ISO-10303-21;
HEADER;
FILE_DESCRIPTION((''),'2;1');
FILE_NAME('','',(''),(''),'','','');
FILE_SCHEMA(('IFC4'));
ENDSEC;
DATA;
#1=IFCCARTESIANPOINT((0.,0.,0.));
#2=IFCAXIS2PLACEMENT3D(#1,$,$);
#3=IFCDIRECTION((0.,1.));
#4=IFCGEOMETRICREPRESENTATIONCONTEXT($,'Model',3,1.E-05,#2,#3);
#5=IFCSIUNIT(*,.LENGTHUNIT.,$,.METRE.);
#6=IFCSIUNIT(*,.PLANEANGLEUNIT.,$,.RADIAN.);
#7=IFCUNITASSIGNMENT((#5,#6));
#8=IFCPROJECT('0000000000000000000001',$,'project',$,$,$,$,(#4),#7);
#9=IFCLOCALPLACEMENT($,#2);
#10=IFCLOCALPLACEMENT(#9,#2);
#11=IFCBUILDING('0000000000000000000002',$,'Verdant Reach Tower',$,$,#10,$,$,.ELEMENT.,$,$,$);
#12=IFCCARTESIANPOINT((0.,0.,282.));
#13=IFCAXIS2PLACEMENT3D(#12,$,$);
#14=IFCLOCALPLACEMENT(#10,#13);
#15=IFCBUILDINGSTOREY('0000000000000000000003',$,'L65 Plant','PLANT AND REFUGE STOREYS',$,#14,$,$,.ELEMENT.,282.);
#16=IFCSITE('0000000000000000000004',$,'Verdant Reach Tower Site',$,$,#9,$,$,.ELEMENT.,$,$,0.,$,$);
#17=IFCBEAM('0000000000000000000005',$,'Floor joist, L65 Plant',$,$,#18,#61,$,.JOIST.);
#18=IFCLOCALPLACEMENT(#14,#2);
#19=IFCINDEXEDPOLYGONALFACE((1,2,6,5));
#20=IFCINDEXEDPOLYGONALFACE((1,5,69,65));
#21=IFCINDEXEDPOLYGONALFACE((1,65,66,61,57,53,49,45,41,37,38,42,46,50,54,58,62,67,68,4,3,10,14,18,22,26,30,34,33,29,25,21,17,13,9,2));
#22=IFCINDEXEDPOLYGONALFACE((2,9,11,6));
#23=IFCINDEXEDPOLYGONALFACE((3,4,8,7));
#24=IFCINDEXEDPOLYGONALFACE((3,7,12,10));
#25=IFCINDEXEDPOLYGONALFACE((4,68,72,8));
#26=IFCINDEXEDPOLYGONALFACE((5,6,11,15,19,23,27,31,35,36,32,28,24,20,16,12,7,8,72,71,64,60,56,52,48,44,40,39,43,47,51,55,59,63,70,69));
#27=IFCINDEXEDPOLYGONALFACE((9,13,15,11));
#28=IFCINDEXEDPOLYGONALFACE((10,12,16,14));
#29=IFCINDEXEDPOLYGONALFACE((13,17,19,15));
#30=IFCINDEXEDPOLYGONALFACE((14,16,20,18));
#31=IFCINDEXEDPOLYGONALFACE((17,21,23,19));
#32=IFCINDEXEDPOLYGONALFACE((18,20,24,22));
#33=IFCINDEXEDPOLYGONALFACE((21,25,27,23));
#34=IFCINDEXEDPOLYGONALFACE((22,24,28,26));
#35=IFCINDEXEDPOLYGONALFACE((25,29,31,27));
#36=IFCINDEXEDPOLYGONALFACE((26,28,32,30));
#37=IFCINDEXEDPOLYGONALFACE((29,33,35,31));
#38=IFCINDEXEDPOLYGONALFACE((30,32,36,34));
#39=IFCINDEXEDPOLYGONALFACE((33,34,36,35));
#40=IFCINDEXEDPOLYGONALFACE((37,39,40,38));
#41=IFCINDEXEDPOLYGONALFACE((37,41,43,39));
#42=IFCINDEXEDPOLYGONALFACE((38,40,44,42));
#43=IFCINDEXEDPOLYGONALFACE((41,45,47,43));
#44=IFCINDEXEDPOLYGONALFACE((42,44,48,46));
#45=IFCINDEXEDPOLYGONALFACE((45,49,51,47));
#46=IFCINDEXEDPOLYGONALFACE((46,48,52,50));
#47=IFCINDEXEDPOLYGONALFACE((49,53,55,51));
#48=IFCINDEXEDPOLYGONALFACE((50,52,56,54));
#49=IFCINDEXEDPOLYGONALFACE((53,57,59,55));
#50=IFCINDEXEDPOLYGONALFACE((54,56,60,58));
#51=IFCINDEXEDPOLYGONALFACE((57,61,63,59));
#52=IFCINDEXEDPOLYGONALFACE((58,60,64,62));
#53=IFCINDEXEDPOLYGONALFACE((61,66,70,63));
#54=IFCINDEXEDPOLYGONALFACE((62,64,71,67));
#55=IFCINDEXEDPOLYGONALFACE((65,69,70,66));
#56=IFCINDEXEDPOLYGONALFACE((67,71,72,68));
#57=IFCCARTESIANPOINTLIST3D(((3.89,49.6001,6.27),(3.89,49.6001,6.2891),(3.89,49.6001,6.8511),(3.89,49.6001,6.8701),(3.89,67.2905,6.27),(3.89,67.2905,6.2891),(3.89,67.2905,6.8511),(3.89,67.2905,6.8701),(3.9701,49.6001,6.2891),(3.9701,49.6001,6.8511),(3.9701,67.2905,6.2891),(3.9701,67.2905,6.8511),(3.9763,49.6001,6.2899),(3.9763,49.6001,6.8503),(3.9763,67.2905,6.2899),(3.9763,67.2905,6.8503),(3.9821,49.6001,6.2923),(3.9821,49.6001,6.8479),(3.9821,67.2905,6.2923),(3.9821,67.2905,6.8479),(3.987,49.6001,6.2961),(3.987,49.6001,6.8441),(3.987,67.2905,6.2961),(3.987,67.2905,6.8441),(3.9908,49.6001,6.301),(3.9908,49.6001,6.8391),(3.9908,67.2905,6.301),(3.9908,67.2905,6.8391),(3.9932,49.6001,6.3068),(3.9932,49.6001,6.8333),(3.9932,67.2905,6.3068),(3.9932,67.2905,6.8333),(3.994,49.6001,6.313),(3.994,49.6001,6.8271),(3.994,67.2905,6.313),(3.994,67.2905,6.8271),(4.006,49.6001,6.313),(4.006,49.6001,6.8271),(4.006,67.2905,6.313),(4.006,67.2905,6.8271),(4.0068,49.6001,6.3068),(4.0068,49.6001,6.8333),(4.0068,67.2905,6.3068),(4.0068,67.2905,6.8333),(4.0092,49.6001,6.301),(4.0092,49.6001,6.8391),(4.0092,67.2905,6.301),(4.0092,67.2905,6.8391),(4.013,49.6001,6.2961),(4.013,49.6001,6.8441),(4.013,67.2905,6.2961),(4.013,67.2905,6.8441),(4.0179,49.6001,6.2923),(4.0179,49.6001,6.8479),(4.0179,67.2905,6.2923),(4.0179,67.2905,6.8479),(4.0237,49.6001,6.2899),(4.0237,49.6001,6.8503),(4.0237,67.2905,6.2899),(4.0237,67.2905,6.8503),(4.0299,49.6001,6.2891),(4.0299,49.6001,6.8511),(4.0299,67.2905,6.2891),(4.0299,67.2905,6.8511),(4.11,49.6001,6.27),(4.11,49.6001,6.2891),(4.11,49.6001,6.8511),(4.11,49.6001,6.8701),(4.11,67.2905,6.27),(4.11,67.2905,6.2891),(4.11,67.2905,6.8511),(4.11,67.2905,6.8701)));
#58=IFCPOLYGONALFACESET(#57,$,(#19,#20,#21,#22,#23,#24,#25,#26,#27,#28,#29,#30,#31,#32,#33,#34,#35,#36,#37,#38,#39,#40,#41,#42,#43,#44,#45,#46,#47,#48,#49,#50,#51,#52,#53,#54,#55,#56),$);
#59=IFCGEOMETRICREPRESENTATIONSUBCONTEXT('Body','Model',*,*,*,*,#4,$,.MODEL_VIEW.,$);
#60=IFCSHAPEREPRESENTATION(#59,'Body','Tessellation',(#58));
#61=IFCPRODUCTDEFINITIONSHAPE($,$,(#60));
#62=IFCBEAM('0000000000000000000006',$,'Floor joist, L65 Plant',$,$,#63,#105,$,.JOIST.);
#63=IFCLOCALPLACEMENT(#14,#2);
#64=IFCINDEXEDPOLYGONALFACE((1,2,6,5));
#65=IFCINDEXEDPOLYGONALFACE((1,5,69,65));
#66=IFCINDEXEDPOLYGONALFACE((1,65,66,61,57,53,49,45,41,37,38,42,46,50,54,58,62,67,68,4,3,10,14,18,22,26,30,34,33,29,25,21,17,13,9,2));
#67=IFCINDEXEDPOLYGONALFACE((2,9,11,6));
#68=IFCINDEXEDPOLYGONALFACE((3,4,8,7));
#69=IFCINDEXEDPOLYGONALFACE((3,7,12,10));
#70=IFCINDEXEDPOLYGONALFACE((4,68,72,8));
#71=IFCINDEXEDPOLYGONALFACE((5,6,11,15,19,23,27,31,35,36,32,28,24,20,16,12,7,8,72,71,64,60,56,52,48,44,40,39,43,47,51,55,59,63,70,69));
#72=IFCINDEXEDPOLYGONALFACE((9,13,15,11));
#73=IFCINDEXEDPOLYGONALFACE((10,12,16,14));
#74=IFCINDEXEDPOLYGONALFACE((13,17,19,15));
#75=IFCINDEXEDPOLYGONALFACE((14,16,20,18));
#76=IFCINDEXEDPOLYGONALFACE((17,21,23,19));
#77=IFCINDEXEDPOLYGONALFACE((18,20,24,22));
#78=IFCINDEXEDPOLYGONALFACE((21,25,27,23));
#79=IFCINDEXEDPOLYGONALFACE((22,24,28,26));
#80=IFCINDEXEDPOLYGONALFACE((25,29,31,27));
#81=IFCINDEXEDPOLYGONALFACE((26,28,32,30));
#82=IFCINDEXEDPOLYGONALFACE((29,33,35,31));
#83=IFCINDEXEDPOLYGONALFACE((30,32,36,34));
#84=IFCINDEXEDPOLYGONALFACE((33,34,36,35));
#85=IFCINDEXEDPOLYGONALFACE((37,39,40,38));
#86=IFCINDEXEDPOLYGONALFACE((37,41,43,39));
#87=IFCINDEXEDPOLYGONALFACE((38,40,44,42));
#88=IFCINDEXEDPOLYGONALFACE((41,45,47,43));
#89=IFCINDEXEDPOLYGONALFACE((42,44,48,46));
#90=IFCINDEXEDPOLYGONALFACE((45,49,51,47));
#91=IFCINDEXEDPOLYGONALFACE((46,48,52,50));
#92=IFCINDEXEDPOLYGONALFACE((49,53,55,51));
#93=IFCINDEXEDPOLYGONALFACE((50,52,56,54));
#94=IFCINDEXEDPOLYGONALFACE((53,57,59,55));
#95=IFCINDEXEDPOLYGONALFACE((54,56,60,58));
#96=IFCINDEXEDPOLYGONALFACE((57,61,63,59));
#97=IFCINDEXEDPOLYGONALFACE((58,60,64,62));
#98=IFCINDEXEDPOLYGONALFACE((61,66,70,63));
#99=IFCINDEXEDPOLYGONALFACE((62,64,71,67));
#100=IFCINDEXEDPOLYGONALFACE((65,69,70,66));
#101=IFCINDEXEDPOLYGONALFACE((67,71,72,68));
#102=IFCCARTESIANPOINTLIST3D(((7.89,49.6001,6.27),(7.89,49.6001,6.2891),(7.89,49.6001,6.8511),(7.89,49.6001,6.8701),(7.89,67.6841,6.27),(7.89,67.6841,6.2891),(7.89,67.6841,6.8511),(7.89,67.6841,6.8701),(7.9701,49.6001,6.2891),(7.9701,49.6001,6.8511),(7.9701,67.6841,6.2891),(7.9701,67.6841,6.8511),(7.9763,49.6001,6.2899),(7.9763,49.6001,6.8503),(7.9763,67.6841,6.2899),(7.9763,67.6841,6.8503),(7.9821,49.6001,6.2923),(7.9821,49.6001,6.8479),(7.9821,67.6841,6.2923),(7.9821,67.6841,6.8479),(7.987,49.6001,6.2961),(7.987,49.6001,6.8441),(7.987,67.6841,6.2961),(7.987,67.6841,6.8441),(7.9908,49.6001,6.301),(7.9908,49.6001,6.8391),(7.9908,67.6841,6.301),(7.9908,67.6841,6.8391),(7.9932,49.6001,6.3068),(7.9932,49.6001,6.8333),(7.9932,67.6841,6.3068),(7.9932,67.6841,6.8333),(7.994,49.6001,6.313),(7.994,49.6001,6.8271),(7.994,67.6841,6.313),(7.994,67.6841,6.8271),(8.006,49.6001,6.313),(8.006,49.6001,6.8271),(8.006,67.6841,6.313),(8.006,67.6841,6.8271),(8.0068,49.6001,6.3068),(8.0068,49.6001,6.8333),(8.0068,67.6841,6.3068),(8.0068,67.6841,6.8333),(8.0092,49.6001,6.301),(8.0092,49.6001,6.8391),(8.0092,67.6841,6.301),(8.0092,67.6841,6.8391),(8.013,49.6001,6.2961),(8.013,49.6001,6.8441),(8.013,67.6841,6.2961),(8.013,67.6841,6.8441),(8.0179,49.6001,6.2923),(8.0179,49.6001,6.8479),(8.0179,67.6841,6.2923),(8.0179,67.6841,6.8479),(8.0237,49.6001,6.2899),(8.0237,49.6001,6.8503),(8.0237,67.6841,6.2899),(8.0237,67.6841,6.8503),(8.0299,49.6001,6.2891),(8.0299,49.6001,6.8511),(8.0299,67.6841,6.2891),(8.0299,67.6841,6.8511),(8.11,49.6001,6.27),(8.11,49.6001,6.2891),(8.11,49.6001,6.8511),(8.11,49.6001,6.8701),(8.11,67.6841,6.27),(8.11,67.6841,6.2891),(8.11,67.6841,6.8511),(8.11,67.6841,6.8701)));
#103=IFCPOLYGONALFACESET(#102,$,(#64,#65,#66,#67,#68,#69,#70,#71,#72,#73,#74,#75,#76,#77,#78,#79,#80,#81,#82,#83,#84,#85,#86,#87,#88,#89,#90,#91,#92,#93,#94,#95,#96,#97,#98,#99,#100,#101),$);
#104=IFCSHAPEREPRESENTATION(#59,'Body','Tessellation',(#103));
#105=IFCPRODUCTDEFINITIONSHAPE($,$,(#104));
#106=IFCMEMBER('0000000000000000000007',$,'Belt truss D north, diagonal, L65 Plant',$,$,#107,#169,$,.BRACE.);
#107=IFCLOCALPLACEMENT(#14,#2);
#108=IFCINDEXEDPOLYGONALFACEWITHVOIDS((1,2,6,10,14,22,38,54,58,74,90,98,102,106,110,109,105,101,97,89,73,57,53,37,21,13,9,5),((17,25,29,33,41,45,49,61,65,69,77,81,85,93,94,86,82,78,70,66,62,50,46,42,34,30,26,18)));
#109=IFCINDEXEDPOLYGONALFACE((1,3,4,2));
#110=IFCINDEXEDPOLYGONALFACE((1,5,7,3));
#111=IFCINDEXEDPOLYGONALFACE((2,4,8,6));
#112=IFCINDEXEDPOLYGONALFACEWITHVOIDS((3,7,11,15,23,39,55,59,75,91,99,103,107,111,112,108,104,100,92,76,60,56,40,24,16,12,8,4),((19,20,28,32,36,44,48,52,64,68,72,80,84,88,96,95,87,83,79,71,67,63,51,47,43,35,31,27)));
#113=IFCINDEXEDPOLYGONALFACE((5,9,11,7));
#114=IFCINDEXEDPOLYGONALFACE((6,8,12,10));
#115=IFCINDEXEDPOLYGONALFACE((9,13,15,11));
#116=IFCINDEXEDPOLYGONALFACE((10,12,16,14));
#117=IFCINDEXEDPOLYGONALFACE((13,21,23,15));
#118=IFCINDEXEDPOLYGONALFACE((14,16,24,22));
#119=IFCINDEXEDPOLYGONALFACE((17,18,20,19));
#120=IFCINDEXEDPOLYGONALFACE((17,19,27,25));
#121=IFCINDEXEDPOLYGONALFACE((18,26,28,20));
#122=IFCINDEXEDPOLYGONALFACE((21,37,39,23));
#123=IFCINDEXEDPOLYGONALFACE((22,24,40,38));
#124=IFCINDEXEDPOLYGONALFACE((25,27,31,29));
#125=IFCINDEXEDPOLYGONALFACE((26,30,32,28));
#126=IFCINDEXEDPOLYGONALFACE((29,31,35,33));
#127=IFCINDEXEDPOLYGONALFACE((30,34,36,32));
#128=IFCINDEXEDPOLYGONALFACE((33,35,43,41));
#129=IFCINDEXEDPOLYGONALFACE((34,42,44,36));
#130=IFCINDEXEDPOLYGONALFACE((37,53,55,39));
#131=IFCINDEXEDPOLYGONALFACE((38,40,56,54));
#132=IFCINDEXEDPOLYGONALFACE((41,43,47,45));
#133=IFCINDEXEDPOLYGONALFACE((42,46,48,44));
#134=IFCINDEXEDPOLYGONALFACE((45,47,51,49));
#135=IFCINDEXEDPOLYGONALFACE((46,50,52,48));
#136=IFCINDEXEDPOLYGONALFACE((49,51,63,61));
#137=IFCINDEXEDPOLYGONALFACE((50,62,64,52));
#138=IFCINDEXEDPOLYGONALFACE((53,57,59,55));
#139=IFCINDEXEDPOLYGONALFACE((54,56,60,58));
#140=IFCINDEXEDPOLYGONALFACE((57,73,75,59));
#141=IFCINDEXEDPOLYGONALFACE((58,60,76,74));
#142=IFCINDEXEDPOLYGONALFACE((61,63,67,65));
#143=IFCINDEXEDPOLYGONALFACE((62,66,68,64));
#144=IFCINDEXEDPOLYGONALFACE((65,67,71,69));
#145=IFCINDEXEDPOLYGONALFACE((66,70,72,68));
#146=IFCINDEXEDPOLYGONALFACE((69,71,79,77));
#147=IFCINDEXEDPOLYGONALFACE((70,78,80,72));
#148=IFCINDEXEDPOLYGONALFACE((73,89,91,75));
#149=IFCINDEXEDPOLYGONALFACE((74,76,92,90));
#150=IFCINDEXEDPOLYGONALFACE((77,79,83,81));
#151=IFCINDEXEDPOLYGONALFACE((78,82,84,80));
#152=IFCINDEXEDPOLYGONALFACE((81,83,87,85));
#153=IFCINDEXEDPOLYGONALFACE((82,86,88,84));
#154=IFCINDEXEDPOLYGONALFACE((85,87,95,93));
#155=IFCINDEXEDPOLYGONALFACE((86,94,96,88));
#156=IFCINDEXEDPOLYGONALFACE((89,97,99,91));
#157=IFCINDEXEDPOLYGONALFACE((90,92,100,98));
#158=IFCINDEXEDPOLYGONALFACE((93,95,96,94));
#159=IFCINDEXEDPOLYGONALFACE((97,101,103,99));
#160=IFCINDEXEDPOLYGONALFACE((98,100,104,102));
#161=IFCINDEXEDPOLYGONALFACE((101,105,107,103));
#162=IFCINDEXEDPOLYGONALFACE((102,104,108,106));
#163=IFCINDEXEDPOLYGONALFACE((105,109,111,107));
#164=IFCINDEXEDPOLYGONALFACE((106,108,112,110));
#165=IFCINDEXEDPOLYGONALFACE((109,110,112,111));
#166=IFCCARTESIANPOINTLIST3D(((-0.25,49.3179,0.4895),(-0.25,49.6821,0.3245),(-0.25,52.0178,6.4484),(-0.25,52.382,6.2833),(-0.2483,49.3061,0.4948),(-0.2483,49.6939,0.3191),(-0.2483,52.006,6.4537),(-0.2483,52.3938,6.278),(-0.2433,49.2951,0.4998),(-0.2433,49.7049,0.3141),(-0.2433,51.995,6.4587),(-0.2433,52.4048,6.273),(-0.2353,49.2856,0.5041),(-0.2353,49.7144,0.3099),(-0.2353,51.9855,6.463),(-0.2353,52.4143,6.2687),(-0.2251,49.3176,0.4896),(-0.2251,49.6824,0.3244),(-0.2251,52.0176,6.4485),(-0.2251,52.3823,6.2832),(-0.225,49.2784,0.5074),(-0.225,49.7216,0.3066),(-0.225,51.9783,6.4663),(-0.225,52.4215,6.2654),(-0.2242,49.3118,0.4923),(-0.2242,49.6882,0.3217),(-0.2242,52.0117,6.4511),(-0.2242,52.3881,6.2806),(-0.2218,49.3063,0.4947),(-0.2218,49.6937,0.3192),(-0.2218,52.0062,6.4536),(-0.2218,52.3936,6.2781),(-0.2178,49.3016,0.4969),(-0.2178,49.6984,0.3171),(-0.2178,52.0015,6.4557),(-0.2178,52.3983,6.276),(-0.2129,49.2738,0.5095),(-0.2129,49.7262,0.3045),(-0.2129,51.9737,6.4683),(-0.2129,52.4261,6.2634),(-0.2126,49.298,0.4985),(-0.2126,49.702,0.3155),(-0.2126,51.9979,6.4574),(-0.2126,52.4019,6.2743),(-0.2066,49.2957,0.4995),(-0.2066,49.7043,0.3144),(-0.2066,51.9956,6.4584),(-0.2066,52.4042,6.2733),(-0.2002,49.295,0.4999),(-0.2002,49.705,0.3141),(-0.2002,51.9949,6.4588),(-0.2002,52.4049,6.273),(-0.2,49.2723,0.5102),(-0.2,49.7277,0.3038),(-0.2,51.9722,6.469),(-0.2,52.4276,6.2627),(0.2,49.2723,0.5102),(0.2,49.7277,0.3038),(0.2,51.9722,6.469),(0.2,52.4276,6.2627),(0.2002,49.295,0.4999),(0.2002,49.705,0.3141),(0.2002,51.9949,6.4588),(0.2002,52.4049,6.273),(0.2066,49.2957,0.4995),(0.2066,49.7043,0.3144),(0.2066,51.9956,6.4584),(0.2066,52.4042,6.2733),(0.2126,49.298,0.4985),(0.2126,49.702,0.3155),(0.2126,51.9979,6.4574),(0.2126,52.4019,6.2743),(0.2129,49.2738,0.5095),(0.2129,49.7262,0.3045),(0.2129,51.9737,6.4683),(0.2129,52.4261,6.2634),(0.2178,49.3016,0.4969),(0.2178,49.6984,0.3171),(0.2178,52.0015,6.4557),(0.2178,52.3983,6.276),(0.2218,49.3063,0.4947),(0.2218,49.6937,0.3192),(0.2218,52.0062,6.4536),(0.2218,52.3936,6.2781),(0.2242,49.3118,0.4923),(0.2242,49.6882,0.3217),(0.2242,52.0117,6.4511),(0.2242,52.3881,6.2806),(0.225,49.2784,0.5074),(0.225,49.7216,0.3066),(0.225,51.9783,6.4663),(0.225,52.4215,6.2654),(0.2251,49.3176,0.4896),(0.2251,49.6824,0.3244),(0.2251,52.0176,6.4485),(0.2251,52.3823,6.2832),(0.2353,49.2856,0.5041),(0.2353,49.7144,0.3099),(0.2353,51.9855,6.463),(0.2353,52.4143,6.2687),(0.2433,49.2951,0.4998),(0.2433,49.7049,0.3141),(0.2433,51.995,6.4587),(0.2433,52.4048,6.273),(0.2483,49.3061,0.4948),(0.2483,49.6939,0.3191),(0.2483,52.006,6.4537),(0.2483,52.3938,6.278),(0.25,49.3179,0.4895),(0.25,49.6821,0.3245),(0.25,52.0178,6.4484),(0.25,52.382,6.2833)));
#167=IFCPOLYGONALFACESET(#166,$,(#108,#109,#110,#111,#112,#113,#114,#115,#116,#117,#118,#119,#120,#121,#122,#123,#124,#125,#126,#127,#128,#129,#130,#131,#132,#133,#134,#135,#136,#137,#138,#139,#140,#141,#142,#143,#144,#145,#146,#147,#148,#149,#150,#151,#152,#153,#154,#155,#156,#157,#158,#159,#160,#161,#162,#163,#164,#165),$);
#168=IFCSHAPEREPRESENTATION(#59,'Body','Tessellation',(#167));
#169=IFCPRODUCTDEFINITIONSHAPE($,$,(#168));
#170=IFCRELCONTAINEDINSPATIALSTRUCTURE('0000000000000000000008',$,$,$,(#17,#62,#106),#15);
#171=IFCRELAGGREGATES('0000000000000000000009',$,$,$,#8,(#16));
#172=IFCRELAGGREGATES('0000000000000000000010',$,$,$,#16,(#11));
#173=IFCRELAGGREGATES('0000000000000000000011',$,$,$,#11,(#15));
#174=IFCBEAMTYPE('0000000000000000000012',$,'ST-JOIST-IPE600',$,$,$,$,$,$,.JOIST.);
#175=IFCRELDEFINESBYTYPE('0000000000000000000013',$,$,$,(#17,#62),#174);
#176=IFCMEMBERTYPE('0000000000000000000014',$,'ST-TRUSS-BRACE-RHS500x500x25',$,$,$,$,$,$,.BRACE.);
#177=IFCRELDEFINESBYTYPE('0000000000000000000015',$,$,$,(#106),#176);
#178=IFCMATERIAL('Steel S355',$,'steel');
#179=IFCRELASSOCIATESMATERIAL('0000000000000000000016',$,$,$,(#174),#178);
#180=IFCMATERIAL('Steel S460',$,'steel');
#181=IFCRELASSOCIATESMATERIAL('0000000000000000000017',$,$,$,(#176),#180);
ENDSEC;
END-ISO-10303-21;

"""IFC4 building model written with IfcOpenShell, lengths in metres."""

from ifc_helpers import new_model, si_unit, direction, frame, origin, origin_2d, place, context, subcontext, project, spatial, hollow_rectangle, i_section, extrude, material, material_profile, profile_set, type_object, element, save


model = new_model("IFC4")

# Units and contexts
model_context = context("Model", 3, precision=1e-05, world=origin(), true_north=direction((0.0, 1.0)))
body_context = subcontext(model_context, "Body", "Model", "MODEL_VIEW")
ifc_project = project(units=[si_unit("LENGTHUNIT", "METRE"), si_unit("PLANEANGLEUNIT", "RADIAN")], contexts=[model_context])

# Site, building, storey
site_placement = place(None, origin())
site = spatial("IfcSite", under=ifc_project, at=site_placement, Name="Verdant Reach Tower Site", CompositionType="ELEMENT", RefElevation=0.0)
building_placement = place(site_placement, origin())
building = spatial("IfcBuilding", under=site, at=building_placement, Name="Verdant Reach Tower", CompositionType="ELEMENT")
storey_placement = place(building_placement, frame((0.0, 0.0, 282.0)))
storey = spatial("IfcBuildingStorey", under=building, at=storey_placement, Name="L65 Plant", Description="PLANT AND REFUGE STOREYS", CompositionType="ELEMENT", Elevation=282.0)

# Shared definitions
ifc_material_1 = material(Name="Steel S460", Category="steel")

# Beams
ifc_material_2 = material(Name="Steel S355", Category="steel")
ifc_material_profile_1 = material_profile(ifc_material_2, i_section(OverallWidth=0.22, OverallDepth=0.6001, WebThickness=0.012, FlangeThickness=0.019, FilletRadius=0.0239, at=origin_2d()), Name="IPE 600")
ifc_profile_set_1 = profile_set([ifc_material_profile_1], Name="Steel S355")
beam_type_1 = type_object("IfcBeamType", Name="ST-JOIST-IPE600", PredefinedType="JOIST", material=ifc_profile_set_1)
beam_1_placement = place(storey_placement, frame((4.0, 49.6001, 6.5701), z_axis=(0.0, 1.0, 0.0), x_axis=(-1.0, 0.0, 0.0)))
element("IfcBeam", 1, at=beam_1_placement, inside=storey, type_object=beam_type_1, Name="Floor joist, L65 Plant", PredefinedType="JOIST", context=body_context, shape_type="SweptSolid", body=[
    extrude(i_section(OverallWidth=0.22, OverallDepth=0.6001, WebThickness=0.012, FlangeThickness=0.019, FilletRadius=0.0239, at=origin_2d()), origin(), (0.0, 0.0, 1.0), 17.6904),
])
beam_2_placement = place(storey_placement, frame((8.0, 49.6001, 6.5701), z_axis=(0.0, 1.0, 0.0), x_axis=(-1.0, 0.0, 0.0)))
element("IfcBeam", 2, at=beam_2_placement, inside=storey, type_object=beam_type_1, Name="Floor joist, L65 Plant", PredefinedType="JOIST", context=body_context, shape_type="SweptSolid", body=[
    extrude(i_section(OverallWidth=0.22, OverallDepth=0.6001, WebThickness=0.012, FlangeThickness=0.019, FilletRadius=0.0239, at=origin_2d()), origin(), (0.0, 0.0, 1.0), 18.084),
])

# Member
ifc_material_profile_2 = material_profile(ifc_material_1, hollow_rectangle(XDim=0.5, YDim=0.5, WallThickness=0.0249, InnerFilletRadius=0.0249, OuterFilletRadius=0.05, at=origin_2d()), Name="RHS 500x500x25")
ifc_profile_set_2 = profile_set([ifc_material_profile_2], Name="Steel S460")
member_type_1 = type_object("IfcMemberType", Name="ST-TRUSS-BRACE-RHS500x500x25", PredefinedType="BRACE", material=ifc_profile_set_2)
member_1_placement = place(storey_placement, frame((0.0, 49.5, 0.407), z_axis=(0.0, 0.412703, 0.910866), x_axis=(-1.0, 0.0, 0.0)))
element("IfcMember", 3, at=member_1_placement, inside=storey, type_object=member_type_1, Name="Belt truss D north, diagonal, L65 Plant", PredefinedType="BRACE", context=body_context, shape_type="SweptSolid", body=[
    extrude(hollow_rectangle(XDim=0.5, YDim=0.5, WallThickness=0.0249, InnerFilletRadius=0.0249, OuterFilletRadius=0.05, at=origin_2d()), origin(), (0.0, 0.0, 1.0), 6.542),
])

save(model, "model.ifc")
